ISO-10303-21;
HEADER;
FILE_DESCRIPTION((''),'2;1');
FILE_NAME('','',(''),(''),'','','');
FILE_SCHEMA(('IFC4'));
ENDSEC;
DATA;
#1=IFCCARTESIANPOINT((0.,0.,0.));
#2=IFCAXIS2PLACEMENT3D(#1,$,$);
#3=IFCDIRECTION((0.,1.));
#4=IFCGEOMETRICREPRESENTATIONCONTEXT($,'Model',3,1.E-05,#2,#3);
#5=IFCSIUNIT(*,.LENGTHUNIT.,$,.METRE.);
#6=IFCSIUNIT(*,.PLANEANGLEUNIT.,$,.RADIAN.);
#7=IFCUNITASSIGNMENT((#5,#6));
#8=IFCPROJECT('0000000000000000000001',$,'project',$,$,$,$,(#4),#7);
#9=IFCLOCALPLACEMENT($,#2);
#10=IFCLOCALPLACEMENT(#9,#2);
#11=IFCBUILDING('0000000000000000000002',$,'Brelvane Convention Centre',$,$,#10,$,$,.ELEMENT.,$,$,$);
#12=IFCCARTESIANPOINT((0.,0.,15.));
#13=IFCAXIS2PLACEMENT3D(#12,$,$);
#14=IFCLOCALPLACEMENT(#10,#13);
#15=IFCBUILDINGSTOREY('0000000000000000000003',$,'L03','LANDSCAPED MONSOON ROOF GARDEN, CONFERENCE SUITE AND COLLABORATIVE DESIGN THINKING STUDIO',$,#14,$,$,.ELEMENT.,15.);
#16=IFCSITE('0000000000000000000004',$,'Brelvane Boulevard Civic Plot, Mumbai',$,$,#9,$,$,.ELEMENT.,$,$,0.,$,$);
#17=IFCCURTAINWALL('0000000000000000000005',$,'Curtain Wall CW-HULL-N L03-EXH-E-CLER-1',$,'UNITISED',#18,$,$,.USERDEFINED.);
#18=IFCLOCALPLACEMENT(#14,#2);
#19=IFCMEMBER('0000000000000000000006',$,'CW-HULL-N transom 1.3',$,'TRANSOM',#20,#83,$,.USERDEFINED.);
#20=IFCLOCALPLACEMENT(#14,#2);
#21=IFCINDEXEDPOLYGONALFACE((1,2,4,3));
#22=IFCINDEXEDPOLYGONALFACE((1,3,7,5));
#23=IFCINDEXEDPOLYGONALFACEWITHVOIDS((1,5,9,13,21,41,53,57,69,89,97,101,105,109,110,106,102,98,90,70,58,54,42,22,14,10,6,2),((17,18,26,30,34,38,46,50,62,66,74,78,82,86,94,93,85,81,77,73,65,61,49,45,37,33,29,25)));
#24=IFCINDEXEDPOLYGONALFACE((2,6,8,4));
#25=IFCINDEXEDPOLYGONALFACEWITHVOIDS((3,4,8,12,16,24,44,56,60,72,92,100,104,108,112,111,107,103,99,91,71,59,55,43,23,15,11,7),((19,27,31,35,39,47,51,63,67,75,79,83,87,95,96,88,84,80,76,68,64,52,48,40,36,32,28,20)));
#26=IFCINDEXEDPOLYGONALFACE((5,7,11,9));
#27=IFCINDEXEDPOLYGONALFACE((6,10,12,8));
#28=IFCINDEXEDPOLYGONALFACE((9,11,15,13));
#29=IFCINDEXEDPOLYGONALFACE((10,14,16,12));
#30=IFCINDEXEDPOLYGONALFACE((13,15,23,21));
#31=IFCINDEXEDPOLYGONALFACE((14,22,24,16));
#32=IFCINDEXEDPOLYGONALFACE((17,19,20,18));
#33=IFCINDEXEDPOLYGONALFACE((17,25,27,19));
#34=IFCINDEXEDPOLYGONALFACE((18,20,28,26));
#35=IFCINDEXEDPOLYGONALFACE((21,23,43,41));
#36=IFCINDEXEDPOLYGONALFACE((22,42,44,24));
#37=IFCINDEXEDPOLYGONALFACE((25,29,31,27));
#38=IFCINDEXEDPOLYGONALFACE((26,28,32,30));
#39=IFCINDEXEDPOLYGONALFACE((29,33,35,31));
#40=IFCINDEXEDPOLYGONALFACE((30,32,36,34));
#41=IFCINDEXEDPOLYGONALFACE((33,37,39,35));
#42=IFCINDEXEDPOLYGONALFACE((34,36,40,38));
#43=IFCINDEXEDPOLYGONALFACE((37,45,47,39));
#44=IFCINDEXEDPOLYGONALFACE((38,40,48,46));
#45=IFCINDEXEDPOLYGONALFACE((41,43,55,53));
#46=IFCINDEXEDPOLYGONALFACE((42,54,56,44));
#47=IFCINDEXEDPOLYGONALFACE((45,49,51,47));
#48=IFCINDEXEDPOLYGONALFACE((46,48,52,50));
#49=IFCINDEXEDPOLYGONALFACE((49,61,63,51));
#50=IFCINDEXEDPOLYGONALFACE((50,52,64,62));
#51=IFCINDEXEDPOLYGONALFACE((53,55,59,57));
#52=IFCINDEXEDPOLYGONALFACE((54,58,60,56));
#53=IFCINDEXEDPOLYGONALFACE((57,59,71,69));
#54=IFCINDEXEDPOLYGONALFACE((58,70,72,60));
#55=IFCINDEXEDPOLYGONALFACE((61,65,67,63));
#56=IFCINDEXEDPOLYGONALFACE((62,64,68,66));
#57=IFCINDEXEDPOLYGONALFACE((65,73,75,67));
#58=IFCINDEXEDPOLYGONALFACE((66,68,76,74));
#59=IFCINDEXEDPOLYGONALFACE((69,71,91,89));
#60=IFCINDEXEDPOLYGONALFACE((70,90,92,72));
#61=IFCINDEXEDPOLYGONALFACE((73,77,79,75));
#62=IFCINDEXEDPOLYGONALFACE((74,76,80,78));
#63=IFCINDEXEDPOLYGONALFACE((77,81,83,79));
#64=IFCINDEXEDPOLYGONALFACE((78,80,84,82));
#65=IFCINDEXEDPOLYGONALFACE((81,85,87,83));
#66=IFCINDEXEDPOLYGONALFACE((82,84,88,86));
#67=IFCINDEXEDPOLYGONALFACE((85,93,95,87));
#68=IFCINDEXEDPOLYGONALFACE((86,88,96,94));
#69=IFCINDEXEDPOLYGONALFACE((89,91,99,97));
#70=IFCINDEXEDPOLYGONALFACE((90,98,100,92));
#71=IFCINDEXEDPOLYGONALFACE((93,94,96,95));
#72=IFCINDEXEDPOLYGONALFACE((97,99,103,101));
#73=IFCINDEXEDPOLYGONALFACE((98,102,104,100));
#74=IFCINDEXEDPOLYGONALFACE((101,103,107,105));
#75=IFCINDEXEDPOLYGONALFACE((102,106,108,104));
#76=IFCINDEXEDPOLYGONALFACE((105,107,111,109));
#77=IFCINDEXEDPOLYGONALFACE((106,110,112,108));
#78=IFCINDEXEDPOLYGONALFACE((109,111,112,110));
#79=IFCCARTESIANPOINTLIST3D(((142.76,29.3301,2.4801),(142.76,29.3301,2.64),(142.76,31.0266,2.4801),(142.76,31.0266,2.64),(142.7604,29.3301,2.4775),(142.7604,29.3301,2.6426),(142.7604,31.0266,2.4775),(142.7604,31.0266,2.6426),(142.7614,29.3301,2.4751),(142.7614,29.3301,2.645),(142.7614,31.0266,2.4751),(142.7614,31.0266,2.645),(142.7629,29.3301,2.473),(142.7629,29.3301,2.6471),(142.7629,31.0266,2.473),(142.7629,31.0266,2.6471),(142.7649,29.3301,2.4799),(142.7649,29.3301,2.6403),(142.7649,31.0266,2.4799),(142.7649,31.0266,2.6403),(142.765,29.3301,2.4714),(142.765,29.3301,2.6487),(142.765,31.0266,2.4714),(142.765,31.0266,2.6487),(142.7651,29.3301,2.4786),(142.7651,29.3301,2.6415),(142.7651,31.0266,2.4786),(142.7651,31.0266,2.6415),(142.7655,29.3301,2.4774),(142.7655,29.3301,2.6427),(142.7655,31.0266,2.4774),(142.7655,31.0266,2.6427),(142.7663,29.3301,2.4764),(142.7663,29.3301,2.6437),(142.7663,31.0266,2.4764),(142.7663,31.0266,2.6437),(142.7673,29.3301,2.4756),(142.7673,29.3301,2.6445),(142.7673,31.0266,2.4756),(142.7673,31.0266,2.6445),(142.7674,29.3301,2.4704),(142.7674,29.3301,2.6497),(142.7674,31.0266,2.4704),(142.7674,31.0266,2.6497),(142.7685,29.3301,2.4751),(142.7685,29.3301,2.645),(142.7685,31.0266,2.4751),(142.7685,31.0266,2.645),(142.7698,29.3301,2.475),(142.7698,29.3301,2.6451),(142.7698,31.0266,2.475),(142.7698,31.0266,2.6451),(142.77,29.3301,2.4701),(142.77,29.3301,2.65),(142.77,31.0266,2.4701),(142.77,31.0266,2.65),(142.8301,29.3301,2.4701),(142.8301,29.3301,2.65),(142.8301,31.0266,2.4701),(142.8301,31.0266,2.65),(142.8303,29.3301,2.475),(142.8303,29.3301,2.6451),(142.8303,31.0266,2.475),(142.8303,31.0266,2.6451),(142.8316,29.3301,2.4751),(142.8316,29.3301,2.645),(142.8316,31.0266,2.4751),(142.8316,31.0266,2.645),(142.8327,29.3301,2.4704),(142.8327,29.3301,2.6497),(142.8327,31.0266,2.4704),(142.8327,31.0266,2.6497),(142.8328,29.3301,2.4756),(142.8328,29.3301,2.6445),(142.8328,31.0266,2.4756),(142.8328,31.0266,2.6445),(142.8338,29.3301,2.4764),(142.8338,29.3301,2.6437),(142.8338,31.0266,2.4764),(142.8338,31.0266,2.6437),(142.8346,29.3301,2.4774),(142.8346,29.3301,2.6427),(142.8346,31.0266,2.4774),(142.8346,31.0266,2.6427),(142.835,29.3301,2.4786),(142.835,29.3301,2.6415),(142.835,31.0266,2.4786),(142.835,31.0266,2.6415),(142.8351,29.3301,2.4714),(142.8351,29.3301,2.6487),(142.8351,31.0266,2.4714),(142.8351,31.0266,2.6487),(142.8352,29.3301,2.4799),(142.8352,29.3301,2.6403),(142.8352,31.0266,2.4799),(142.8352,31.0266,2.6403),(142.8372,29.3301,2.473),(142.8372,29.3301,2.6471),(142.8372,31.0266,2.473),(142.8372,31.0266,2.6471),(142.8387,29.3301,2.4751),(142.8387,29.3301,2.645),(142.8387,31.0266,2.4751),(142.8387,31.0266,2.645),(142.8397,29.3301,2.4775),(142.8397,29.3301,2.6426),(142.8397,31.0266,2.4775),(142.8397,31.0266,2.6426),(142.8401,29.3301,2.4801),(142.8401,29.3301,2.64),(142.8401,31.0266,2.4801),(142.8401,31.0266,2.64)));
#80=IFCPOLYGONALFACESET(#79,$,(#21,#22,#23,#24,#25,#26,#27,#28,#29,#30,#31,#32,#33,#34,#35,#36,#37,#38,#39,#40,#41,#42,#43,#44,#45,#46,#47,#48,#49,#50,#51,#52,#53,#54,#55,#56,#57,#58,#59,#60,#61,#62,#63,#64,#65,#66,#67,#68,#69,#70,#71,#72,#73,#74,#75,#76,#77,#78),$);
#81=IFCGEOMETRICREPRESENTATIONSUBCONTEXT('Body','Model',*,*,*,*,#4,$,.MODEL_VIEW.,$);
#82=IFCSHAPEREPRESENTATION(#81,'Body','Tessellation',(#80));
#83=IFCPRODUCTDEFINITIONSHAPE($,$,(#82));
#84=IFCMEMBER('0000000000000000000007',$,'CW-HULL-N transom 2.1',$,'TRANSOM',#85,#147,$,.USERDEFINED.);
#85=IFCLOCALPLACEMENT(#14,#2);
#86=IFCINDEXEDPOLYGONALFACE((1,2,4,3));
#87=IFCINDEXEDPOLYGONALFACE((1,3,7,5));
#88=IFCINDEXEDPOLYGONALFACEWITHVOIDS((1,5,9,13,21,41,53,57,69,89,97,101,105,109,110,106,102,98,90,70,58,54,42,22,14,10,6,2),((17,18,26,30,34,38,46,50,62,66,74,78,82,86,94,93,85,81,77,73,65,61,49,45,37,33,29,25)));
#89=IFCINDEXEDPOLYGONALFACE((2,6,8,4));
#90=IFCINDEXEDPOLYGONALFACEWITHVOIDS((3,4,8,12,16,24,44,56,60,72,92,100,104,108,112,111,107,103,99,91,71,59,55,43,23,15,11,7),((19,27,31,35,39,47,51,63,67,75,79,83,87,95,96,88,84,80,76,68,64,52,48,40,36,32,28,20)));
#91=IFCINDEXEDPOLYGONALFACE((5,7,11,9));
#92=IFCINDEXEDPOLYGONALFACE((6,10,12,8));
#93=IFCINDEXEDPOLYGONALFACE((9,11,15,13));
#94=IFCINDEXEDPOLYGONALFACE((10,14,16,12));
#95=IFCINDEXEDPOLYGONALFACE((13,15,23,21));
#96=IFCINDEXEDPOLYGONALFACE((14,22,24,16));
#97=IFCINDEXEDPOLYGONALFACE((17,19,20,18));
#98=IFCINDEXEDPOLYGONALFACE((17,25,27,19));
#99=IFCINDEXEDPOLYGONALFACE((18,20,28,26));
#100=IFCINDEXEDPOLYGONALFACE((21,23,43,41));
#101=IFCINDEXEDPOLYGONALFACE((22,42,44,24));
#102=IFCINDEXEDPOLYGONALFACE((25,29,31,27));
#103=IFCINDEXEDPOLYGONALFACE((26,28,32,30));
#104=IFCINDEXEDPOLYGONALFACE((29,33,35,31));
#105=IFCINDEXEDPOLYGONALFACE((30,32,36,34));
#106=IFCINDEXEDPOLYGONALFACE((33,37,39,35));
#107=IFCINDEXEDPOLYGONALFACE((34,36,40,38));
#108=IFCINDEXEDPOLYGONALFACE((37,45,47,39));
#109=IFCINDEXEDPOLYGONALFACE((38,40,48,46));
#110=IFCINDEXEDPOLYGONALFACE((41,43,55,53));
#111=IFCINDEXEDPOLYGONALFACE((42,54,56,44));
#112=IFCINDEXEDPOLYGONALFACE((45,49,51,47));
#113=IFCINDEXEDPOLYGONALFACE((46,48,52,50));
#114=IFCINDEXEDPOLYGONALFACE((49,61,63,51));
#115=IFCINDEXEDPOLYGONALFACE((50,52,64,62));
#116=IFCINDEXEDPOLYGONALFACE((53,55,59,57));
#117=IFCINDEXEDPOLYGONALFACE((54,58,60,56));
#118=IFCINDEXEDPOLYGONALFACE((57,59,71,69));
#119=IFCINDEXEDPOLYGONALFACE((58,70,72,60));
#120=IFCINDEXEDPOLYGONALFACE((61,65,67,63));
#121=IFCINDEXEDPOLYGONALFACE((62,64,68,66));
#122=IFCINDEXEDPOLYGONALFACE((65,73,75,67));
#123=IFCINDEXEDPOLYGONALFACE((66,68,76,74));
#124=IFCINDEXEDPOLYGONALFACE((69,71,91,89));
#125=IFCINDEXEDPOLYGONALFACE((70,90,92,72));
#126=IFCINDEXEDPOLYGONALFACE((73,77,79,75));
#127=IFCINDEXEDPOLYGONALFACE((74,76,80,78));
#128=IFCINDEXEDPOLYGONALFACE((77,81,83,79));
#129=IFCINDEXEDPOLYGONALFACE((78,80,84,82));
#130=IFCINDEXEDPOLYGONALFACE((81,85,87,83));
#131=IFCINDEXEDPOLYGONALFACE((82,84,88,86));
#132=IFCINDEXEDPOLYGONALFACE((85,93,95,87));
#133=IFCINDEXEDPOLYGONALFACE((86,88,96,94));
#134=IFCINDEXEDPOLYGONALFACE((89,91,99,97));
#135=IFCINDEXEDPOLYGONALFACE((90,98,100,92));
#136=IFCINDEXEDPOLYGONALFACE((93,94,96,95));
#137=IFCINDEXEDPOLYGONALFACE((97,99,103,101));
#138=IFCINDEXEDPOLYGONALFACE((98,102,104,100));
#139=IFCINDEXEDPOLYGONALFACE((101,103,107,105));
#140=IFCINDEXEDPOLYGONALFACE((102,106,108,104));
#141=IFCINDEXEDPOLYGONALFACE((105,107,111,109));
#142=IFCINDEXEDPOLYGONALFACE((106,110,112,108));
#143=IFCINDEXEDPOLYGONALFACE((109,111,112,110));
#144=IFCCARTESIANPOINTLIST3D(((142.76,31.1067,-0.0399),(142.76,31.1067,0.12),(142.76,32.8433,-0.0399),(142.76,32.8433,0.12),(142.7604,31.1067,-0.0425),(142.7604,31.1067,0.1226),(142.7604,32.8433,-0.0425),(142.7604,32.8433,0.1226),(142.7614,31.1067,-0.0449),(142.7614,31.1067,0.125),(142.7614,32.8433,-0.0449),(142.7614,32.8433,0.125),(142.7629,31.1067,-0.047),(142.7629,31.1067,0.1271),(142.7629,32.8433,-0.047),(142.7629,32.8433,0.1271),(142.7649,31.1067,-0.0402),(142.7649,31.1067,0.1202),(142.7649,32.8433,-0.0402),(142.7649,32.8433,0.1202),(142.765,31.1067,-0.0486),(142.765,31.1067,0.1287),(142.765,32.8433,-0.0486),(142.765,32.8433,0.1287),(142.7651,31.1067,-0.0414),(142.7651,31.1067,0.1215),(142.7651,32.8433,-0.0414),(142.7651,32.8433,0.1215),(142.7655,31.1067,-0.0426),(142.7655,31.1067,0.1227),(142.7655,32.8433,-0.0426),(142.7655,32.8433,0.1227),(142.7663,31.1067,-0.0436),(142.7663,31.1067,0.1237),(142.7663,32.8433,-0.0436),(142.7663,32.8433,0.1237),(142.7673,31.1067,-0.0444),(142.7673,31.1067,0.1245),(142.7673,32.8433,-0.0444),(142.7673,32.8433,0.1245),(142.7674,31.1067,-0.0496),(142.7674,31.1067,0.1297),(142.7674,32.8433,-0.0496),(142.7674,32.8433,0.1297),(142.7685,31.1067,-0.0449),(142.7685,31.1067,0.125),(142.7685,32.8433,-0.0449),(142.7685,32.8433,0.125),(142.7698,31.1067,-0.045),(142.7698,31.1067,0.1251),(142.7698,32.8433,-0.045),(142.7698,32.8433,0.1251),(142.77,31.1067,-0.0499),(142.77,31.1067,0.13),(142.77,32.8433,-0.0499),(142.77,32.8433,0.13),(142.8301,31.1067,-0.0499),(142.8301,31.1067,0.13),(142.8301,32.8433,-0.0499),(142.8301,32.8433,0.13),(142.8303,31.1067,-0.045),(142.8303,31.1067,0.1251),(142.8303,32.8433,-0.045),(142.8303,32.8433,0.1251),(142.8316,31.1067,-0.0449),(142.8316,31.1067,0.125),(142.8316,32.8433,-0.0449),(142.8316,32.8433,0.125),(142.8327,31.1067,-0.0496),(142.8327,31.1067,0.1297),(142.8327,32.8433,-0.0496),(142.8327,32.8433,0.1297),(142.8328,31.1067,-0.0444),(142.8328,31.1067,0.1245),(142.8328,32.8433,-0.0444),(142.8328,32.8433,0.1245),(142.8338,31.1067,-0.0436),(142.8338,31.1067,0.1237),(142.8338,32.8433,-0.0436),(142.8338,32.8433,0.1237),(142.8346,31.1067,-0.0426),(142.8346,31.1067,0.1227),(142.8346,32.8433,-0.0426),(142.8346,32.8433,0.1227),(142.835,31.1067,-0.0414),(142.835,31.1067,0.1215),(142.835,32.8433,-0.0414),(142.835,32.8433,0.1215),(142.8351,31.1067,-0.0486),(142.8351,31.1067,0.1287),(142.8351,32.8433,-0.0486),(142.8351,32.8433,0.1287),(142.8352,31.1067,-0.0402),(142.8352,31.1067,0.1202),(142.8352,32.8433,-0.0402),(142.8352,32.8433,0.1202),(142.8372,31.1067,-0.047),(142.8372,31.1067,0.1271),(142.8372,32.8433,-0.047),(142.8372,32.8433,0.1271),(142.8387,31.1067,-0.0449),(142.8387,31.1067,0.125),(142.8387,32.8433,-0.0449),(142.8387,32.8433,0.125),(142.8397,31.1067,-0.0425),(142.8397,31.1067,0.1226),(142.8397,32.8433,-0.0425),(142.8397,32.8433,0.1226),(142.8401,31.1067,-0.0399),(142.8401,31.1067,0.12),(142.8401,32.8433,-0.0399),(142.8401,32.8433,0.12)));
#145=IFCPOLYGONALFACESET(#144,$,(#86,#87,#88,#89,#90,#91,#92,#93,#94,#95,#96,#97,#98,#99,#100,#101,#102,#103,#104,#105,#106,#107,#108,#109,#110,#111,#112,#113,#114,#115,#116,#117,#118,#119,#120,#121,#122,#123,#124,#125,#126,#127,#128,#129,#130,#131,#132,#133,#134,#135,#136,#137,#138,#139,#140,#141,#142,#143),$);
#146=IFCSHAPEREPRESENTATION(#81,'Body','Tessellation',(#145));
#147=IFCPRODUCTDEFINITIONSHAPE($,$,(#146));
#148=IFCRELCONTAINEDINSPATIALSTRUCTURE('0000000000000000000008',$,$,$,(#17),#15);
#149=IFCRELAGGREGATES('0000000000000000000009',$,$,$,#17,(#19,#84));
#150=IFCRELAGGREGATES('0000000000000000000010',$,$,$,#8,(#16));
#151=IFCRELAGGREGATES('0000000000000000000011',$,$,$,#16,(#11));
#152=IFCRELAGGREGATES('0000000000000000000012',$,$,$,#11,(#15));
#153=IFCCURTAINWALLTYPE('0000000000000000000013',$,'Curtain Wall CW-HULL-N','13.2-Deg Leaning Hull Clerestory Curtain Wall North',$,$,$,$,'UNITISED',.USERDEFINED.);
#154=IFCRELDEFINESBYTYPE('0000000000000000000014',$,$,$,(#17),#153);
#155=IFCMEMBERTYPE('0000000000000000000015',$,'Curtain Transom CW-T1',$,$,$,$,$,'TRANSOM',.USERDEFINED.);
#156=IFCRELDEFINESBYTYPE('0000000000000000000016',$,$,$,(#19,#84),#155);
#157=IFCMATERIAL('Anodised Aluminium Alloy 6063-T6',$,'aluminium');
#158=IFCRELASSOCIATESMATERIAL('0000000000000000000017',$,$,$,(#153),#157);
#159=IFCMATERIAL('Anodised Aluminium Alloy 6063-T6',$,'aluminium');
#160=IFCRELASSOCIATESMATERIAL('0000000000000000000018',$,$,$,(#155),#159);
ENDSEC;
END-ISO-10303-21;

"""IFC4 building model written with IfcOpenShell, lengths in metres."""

from ifc_helpers import new_model, si_unit, direction, frame, origin, origin_2d, place, context, subcontext, project, spatial, hollow_rectangle, extrude, material, material_profile, profile_set, type_object, element, aggregate, save


model = new_model("IFC4")

# Units and contexts
model_context = context("Model", 3, precision=1e-05, world=origin(), true_north=direction((0.0, 1.0)))
body_context = subcontext(model_context, "Body", "Model", "MODEL_VIEW")
ifc_project = project(units=[si_unit("LENGTHUNIT", "METRE"), si_unit("PLANEANGLEUNIT", "RADIAN")], contexts=[model_context])

# Site, building, storey
site_placement = place(None, origin())
site = spatial("IfcSite", under=ifc_project, at=site_placement, Name="Brelvane Boulevard Civic Plot, Mumbai", CompositionType="ELEMENT", RefElevation=0.0)
building_placement = place(site_placement, origin())
building = spatial("IfcBuilding", under=site, at=building_placement, Name="Brelvane Convention Centre", CompositionType="ELEMENT")
storey_placement = place(building_placement, frame((0.0, 0.0, 15.0)))
storey = spatial("IfcBuildingStorey", under=building, at=storey_placement, Name="L03", Description="LANDSCAPED MONSOON ROOF GARDEN, CONFERENCE SUITE AND COLLABORATIVE DESIGN THINKING STUDIO", CompositionType="ELEMENT", Elevation=15.0)

# Curtain wall, members
ifc_material_1 = material(Name="Anodised Aluminium Alloy 6063-T6", Category="aluminium")
curtain_wall_type = type_object("IfcCurtainWallType", Name="Curtain Wall CW-HULL-N", Description="13.2-Deg Leaning Hull Clerestory Curtain Wall North", ElementType="UNITISED", PredefinedType="USERDEFINED", material=ifc_material_1)
curtain_wall_placement = place(storey_placement, origin())
curtain_wall = element("IfcCurtainWall", 1, at=curtain_wall_placement, inside=storey, type_object=curtain_wall_type, Name="Curtain Wall CW-HULL-N L03-EXH-E-CLER-1", ObjectType="UNITISED", PredefinedType="USERDEFINED")
ifc_material_2 = material(Name="Anodised Aluminium Alloy 6063-T6", Category="aluminium")
ifc_material_profile_1 = material_profile(ifc_material_2, hollow_rectangle(XDim=0.0801, YDim=0.1799, WallThickness=0.0049, InnerFilletRadius=0.0049, OuterFilletRadius=0.01, at=origin_2d()), Name="ALU-T 180x80x5.0")
ifc_profile_set_1 = profile_set([ifc_material_profile_1], Name="Anodised Aluminium Alloy 6063-T6")
member_type_1 = type_object("IfcMemberType", Name="Curtain Transom CW-T1", ElementType="TRANSOM", PredefinedType="USERDEFINED", material=ifc_profile_set_1)
member_1_placement = place(storey_placement, frame((142.8, 29.3301, 2.5601), z_axis=(0.0, 1.0, 0.0), x_axis=(-1.0, 0.0, 0.0)))
member_1 = element("IfcMember", 2, at=member_1_placement, type_object=member_type_1, Name="CW-HULL-N transom 1.3", ObjectType="TRANSOM", PredefinedType="USERDEFINED", context=body_context, shape_type="SweptSolid", body=[
    extrude(hollow_rectangle(XDim=0.0801, YDim=0.1799, WallThickness=0.0049, InnerFilletRadius=0.0049, OuterFilletRadius=0.01, at=origin_2d()), origin(), (0.0, 0.0, 1.0), 1.6965),
])
member_2_placement = place(storey_placement, frame((142.8, 31.1067, 0.04), z_axis=(0.0, 1.0, 0.0), x_axis=(-1.0, 0.0, 0.0)))
member_2 = element("IfcMember", 3, at=member_2_placement, type_object=member_type_1, Name="CW-HULL-N transom 2.1", ObjectType="TRANSOM", PredefinedType="USERDEFINED", context=body_context, shape_type="SweptSolid", body=[
    extrude(hollow_rectangle(XDim=0.0801, YDim=0.1799, WallThickness=0.0049, InnerFilletRadius=0.0049, OuterFilletRadius=0.01, at=origin_2d()), origin(), (0.0, 0.0, 1.0), 1.7366),
])

aggregate(curtain_wall, [member_1, member_2])

save(model, "model.ifc")
